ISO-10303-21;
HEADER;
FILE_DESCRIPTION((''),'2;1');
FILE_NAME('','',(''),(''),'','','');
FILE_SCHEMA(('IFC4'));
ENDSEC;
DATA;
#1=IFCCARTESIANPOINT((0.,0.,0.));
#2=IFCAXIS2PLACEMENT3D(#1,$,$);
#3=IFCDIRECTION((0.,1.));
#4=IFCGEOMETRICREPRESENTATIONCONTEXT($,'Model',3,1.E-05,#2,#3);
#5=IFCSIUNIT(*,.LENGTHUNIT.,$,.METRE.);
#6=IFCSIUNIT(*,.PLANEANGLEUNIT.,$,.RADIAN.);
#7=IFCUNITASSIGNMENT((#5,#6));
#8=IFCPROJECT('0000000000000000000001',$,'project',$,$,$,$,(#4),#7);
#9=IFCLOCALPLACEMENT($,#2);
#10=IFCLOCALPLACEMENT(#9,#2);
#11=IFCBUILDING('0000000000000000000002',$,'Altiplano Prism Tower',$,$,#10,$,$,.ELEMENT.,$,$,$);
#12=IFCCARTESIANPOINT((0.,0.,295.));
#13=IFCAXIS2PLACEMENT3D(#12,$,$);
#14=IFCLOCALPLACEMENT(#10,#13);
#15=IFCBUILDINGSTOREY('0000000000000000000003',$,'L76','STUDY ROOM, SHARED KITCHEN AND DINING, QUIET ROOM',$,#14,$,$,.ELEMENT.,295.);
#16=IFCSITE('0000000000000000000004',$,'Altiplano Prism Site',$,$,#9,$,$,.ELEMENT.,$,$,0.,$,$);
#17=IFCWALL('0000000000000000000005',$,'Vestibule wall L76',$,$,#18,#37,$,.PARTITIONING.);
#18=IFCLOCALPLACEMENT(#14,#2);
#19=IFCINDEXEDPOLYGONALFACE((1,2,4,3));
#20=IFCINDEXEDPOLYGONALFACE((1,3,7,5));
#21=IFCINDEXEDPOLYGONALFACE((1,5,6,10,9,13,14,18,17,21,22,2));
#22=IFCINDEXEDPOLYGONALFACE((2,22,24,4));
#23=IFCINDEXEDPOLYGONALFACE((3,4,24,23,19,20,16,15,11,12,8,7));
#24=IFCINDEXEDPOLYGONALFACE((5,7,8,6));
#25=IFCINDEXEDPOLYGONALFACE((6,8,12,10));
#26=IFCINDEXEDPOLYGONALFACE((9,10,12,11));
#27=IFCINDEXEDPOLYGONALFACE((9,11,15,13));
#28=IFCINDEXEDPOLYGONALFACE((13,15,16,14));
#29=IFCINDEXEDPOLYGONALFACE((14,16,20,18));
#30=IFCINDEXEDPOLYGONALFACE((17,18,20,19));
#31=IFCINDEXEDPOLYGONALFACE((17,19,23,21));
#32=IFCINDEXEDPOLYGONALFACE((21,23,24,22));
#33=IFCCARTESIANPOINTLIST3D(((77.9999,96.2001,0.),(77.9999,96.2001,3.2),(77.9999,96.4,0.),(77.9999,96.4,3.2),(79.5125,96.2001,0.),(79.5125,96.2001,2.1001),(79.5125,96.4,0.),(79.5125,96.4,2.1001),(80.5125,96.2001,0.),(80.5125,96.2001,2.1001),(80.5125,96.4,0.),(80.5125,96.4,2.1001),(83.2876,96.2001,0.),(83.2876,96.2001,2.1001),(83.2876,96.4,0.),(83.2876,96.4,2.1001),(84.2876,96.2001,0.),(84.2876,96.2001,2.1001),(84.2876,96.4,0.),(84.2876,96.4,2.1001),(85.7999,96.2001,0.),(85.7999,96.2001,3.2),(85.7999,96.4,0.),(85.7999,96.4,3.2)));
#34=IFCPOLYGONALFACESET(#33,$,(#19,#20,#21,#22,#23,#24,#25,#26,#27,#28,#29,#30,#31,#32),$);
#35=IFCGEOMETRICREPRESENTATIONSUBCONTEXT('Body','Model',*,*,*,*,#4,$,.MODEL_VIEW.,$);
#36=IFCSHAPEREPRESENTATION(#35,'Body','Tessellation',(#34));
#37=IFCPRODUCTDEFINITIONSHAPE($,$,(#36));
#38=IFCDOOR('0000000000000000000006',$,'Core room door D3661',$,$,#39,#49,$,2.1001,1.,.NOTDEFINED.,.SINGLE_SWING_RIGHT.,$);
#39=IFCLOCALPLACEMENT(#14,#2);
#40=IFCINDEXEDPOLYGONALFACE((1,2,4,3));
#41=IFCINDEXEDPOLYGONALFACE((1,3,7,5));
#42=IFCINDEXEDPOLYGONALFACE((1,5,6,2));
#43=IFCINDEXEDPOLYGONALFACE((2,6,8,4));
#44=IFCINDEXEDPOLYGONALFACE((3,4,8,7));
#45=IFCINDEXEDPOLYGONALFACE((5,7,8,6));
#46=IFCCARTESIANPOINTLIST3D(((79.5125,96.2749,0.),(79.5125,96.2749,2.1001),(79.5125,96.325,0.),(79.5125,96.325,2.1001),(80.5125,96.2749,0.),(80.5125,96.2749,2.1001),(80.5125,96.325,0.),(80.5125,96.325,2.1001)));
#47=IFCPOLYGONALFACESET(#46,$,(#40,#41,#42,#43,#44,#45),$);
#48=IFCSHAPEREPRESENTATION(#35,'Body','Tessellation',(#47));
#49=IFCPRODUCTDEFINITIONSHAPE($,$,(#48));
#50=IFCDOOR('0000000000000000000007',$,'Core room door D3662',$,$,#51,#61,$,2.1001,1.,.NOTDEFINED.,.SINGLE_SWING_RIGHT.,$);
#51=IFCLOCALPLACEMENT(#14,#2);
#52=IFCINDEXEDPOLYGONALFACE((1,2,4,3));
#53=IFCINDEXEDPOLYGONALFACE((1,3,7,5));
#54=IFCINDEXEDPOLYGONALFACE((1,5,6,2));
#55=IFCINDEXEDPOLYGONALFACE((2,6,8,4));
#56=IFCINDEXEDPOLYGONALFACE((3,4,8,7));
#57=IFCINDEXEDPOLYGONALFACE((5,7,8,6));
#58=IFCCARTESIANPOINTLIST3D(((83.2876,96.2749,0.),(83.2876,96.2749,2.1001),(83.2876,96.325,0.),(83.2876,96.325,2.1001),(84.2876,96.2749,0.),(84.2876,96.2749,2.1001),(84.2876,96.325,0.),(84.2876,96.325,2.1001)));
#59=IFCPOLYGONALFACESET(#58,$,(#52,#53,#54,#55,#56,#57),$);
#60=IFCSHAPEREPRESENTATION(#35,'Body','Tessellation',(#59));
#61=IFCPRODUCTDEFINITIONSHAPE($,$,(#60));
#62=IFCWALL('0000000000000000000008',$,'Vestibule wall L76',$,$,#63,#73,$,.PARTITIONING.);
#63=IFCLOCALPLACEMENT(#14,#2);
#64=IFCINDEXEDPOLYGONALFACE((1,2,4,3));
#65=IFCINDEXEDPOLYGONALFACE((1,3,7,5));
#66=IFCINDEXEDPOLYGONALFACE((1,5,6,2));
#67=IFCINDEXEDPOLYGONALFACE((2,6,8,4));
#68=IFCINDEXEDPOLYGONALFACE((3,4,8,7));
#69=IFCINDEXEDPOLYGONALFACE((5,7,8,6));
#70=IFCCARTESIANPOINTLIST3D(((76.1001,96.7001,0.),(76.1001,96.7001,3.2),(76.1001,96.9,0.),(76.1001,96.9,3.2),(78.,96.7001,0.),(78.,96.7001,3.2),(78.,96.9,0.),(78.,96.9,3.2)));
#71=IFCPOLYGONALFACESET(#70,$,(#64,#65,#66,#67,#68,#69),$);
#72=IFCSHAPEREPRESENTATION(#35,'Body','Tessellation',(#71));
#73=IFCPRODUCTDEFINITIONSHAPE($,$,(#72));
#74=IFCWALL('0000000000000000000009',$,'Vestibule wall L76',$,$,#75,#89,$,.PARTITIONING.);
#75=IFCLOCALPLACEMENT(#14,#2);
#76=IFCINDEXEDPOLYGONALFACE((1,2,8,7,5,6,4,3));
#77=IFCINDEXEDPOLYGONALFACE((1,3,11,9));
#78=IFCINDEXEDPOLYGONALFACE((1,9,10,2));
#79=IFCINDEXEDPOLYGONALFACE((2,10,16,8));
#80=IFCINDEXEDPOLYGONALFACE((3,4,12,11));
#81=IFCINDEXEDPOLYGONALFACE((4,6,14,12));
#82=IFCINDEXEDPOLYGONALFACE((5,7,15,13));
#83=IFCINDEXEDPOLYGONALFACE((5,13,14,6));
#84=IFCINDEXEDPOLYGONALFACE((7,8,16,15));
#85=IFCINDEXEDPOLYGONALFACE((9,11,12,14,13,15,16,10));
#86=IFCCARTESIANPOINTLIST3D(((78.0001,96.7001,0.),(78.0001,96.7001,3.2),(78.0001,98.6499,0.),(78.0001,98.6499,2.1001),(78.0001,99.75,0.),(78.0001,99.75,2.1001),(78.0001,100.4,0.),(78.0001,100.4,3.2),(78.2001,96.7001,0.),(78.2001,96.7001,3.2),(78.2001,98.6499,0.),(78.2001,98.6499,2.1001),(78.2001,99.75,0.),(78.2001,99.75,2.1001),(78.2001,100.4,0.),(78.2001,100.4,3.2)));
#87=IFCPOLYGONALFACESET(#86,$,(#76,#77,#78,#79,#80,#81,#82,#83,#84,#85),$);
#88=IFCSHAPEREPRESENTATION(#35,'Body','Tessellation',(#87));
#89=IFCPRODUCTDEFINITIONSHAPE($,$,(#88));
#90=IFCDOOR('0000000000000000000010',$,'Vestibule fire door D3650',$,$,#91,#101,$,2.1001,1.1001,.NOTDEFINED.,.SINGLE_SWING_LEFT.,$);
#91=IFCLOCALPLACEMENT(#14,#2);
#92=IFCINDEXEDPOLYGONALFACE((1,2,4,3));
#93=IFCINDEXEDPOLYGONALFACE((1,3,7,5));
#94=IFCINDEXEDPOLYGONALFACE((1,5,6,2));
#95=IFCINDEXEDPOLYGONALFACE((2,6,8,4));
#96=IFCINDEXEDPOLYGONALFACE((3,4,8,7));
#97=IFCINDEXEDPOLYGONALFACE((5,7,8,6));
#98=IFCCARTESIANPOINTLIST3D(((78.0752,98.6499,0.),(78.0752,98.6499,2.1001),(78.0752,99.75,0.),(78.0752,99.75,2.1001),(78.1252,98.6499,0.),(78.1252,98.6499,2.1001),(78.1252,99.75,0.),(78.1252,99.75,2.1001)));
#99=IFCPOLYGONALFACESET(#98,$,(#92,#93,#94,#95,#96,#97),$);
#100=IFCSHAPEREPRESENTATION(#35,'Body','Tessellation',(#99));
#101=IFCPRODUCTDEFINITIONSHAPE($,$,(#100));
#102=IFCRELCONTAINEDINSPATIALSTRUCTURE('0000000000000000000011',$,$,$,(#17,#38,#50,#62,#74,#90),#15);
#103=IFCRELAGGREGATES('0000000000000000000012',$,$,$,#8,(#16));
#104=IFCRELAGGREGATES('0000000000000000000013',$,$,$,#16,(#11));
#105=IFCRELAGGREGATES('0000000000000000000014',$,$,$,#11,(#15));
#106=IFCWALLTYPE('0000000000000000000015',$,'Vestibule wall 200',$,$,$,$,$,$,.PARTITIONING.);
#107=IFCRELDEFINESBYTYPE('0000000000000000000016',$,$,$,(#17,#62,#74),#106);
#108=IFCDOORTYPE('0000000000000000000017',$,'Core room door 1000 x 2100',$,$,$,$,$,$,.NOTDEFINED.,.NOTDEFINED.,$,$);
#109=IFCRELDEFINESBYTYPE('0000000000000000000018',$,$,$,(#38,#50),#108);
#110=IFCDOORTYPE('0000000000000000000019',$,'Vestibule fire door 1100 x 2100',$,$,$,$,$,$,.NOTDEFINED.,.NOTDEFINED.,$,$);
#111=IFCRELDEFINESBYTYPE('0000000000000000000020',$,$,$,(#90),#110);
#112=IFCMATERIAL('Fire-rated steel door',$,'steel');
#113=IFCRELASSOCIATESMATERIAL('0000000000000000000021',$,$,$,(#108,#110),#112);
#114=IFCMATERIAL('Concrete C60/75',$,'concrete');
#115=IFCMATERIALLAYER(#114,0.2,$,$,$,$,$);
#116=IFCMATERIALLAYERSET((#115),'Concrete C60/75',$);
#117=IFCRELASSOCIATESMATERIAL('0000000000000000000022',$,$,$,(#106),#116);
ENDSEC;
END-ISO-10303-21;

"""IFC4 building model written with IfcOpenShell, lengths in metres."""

from ifc_helpers import new_model, si_unit, direction, frame, frame_2d, origin, place, context, subcontext, project, spatial, rectangle, extrude, material, layer, layer_set, type_object, element, fill, save


model = new_model("IFC4")

# Units and contexts
model_context = context("Model", 3, precision=1e-05, world=origin(), true_north=direction((0.0, 1.0)))
body_context = subcontext(model_context, "Body", "Model", "MODEL_VIEW")
ifc_project = project(units=[si_unit("LENGTHUNIT", "METRE"), si_unit("PLANEANGLEUNIT", "RADIAN")], contexts=[model_context])

# Site, building, storey
site_placement = place(None, origin())
site = spatial("IfcSite", under=ifc_project, at=site_placement, Name="Altiplano Prism Site", CompositionType="ELEMENT", RefElevation=0.0)
building_placement = place(site_placement, origin())
building = spatial("IfcBuilding", under=site, at=building_placement, Name="Altiplano Prism Tower", CompositionType="ELEMENT")
storey_placement = place(building_placement, frame((0.0, 0.0, 295.0)))
storey = spatial("IfcBuildingStorey", under=building, at=storey_placement, Name="L76", Description="STUDY ROOM, SHARED KITCHEN AND DINING, QUIET ROOM", CompositionType="ELEMENT", Elevation=295.0)

# Shared definitions
ifc_material_1 = material(Name="Concrete C60/75", Category="concrete")

# Shared definitions
ifc_material_2 = material(Name="Fire-rated steel door", Category="steel")
door_type_1 = type_object("IfcDoorType", Name="Core room door 1000 x 2100", OperationType="NOTDEFINED", PredefinedType="NOTDEFINED", material=ifc_material_2)

# Shared definitions
ifc_layer_1 = layer(ifc_material_1, 0.2)
ifc_layer_set_1 = layer_set([ifc_layer_1], Name="Concrete C60/75")
wall_type_1 = type_object("IfcWallType", Name="Vestibule wall 200", PredefinedType="PARTITIONING", material=ifc_layer_set_1)

# Wall, openings, doors
wall_1_placement = place(storey_placement, frame((78.0, 96.3, 0.0), z_axis=(0.0, 0.0, 1.0), x_axis=(1.0, 0.0, 0.0)))
wall_1 = element("IfcWall", 1, at=wall_1_placement, inside=storey, type_object=wall_type_1, Name="Vestibule wall L76", PredefinedType="PARTITIONING", context=body_context, shape_type="SweptSolid", body=[
    extrude(rectangle(XDim=7.8, YDim=0.2, at=frame_2d((3.8999, 0.0))), origin(), (0.0, 0.0, 1.0), 3.2),
])
opening_1_placement = place(wall_1_placement, frame((1.5125, 0.0, 0.0)))
opening_1 = element("IfcOpeningElement", 2, at=opening_1_placement, cuts=wall_1, PredefinedType="OPENING", context=body_context, shape_type="SweptSolid", body=[
    extrude(rectangle(XDim=1.0, YDim=2.1001, at=frame_2d((0.5, 1.05))), frame((0.0, 0.1104, 0.0), z_axis=(0.0, -1.0, 0.0), x_axis=(1.0, 0.0, 0.0)), (0.0, 0.0, 1.0), 0.2209),
])
opening_2_placement = place(wall_1_placement, frame((5.2876, 0.0, 0.0)))
opening_2 = element("IfcOpeningElement", 3, at=opening_2_placement, cuts=wall_1, PredefinedType="OPENING", context=body_context, shape_type="SweptSolid", body=[
    extrude(rectangle(XDim=1.0, YDim=2.1001, at=frame_2d((0.5, 1.05))), frame((0.0, 0.1104, 0.0), z_axis=(0.0, -1.0, 0.0), x_axis=(1.0, 0.0, 0.0)), (0.0, 0.0, 1.0), 0.2209),
])
door_1_placement = place(opening_1_placement, origin())
door_1 = element("IfcDoor", 4, at=door_1_placement, inside=storey, type_object=door_type_1, Name="Core room door D3661", OperationType="SINGLE_SWING_RIGHT", OverallHeight=2.1001, OverallWidth=1.0, PredefinedType="NOTDEFINED", context=body_context, shape_type="SweptSolid", body=[
    extrude(rectangle(XDim=1.0, YDim=2.1001, at=frame_2d((0.5, 1.05))), frame((0.0, 0.0249, 0.0), z_axis=(0.0, -1.0, 0.0), x_axis=(1.0, 0.0, 0.0)), (0.0, 0.0, 1.0), 0.05),
])
fill(opening_1, door_1)
door_2_placement = place(opening_2_placement, origin())
door_2 = element("IfcDoor", 5, at=door_2_placement, inside=storey, type_object=door_type_1, Name="Core room door D3662", OperationType="SINGLE_SWING_RIGHT", OverallHeight=2.1001, OverallWidth=1.0, PredefinedType="NOTDEFINED", context=body_context, shape_type="SweptSolid", body=[
    extrude(rectangle(XDim=1.0, YDim=2.1001, at=frame_2d((0.5, 1.05))), frame((0.0, 0.0249, 0.0), z_axis=(0.0, -1.0, 0.0), x_axis=(1.0, 0.0, 0.0)), (0.0, 0.0, 1.0), 0.05),
])
fill(opening_2, door_2)

# Wall
wall_2_placement = place(storey_placement, frame((76.1001, 96.8, 0.0), z_axis=(0.0, 0.0, 1.0), x_axis=(1.0, 0.0, 0.0)))
element("IfcWall", 6, at=wall_2_placement, inside=storey, type_object=wall_type_1, Name="Vestibule wall L76", PredefinedType="PARTITIONING", context=body_context, shape_type="SweptSolid", body=[
    extrude(rectangle(XDim=1.8999, YDim=0.2, at=frame_2d((0.95, 0.0))), origin(), (0.0, 0.0, 1.0), 3.2),
])

# Wall, opening, door
wall_3_placement = place(storey_placement, frame((78.1001, 96.7, 0.0), z_axis=(0.0, 0.0, 1.0), x_axis=(0.0, 1.0, 0.0)))
wall_3 = element("IfcWall", 7, at=wall_3_placement, inside=storey, type_object=wall_type_1, Name="Vestibule wall L76", PredefinedType="PARTITIONING", context=body_context, shape_type="SweptSolid", body=[
    extrude(rectangle(XDim=3.7, YDim=0.2, at=frame_2d((1.8501, 0.0))), origin(), (0.0, 0.0, 1.0), 3.2),
])
opening_3_placement = place(wall_3_placement, frame((1.95, 0.0, 0.0)))
opening_3 = element("IfcOpeningElement", 8, at=opening_3_placement, cuts=wall_3, PredefinedType="OPENING", context=body_context, shape_type="SweptSolid", body=[
    extrude(rectangle(XDim=1.1001, YDim=2.1001, at=frame_2d((0.55, 1.05))), frame((0.0, 0.1104, 0.0), z_axis=(0.0, -1.0, 0.0), x_axis=(1.0, 0.0, 0.0)), (0.0, 0.0, 1.0), 0.2209),
])
door_type_2 = type_object("IfcDoorType", Name="Vestibule fire door 1100 x 2100", OperationType="NOTDEFINED", PredefinedType="NOTDEFINED", material=ifc_material_2)
door_3_placement = place(opening_3_placement, origin())
door_3 = element("IfcDoor", 9, at=door_3_placement, inside=storey, type_object=door_type_2, Name="Vestibule fire door D3650", OperationType="SINGLE_SWING_LEFT", OverallHeight=2.1001, OverallWidth=1.1001, PredefinedType="NOTDEFINED", context=body_context, shape_type="SweptSolid", body=[
    extrude(rectangle(XDim=1.1001, YDim=2.1001, at=frame_2d((0.55, 1.05))), frame((0.0, 0.0249, 0.0), z_axis=(0.0, -1.0, 0.0), x_axis=(1.0, 0.0, 0.0)), (0.0, 0.0, 1.0), 0.05),
])
fill(opening_3, door_3)

save(model, "model.ifc")
